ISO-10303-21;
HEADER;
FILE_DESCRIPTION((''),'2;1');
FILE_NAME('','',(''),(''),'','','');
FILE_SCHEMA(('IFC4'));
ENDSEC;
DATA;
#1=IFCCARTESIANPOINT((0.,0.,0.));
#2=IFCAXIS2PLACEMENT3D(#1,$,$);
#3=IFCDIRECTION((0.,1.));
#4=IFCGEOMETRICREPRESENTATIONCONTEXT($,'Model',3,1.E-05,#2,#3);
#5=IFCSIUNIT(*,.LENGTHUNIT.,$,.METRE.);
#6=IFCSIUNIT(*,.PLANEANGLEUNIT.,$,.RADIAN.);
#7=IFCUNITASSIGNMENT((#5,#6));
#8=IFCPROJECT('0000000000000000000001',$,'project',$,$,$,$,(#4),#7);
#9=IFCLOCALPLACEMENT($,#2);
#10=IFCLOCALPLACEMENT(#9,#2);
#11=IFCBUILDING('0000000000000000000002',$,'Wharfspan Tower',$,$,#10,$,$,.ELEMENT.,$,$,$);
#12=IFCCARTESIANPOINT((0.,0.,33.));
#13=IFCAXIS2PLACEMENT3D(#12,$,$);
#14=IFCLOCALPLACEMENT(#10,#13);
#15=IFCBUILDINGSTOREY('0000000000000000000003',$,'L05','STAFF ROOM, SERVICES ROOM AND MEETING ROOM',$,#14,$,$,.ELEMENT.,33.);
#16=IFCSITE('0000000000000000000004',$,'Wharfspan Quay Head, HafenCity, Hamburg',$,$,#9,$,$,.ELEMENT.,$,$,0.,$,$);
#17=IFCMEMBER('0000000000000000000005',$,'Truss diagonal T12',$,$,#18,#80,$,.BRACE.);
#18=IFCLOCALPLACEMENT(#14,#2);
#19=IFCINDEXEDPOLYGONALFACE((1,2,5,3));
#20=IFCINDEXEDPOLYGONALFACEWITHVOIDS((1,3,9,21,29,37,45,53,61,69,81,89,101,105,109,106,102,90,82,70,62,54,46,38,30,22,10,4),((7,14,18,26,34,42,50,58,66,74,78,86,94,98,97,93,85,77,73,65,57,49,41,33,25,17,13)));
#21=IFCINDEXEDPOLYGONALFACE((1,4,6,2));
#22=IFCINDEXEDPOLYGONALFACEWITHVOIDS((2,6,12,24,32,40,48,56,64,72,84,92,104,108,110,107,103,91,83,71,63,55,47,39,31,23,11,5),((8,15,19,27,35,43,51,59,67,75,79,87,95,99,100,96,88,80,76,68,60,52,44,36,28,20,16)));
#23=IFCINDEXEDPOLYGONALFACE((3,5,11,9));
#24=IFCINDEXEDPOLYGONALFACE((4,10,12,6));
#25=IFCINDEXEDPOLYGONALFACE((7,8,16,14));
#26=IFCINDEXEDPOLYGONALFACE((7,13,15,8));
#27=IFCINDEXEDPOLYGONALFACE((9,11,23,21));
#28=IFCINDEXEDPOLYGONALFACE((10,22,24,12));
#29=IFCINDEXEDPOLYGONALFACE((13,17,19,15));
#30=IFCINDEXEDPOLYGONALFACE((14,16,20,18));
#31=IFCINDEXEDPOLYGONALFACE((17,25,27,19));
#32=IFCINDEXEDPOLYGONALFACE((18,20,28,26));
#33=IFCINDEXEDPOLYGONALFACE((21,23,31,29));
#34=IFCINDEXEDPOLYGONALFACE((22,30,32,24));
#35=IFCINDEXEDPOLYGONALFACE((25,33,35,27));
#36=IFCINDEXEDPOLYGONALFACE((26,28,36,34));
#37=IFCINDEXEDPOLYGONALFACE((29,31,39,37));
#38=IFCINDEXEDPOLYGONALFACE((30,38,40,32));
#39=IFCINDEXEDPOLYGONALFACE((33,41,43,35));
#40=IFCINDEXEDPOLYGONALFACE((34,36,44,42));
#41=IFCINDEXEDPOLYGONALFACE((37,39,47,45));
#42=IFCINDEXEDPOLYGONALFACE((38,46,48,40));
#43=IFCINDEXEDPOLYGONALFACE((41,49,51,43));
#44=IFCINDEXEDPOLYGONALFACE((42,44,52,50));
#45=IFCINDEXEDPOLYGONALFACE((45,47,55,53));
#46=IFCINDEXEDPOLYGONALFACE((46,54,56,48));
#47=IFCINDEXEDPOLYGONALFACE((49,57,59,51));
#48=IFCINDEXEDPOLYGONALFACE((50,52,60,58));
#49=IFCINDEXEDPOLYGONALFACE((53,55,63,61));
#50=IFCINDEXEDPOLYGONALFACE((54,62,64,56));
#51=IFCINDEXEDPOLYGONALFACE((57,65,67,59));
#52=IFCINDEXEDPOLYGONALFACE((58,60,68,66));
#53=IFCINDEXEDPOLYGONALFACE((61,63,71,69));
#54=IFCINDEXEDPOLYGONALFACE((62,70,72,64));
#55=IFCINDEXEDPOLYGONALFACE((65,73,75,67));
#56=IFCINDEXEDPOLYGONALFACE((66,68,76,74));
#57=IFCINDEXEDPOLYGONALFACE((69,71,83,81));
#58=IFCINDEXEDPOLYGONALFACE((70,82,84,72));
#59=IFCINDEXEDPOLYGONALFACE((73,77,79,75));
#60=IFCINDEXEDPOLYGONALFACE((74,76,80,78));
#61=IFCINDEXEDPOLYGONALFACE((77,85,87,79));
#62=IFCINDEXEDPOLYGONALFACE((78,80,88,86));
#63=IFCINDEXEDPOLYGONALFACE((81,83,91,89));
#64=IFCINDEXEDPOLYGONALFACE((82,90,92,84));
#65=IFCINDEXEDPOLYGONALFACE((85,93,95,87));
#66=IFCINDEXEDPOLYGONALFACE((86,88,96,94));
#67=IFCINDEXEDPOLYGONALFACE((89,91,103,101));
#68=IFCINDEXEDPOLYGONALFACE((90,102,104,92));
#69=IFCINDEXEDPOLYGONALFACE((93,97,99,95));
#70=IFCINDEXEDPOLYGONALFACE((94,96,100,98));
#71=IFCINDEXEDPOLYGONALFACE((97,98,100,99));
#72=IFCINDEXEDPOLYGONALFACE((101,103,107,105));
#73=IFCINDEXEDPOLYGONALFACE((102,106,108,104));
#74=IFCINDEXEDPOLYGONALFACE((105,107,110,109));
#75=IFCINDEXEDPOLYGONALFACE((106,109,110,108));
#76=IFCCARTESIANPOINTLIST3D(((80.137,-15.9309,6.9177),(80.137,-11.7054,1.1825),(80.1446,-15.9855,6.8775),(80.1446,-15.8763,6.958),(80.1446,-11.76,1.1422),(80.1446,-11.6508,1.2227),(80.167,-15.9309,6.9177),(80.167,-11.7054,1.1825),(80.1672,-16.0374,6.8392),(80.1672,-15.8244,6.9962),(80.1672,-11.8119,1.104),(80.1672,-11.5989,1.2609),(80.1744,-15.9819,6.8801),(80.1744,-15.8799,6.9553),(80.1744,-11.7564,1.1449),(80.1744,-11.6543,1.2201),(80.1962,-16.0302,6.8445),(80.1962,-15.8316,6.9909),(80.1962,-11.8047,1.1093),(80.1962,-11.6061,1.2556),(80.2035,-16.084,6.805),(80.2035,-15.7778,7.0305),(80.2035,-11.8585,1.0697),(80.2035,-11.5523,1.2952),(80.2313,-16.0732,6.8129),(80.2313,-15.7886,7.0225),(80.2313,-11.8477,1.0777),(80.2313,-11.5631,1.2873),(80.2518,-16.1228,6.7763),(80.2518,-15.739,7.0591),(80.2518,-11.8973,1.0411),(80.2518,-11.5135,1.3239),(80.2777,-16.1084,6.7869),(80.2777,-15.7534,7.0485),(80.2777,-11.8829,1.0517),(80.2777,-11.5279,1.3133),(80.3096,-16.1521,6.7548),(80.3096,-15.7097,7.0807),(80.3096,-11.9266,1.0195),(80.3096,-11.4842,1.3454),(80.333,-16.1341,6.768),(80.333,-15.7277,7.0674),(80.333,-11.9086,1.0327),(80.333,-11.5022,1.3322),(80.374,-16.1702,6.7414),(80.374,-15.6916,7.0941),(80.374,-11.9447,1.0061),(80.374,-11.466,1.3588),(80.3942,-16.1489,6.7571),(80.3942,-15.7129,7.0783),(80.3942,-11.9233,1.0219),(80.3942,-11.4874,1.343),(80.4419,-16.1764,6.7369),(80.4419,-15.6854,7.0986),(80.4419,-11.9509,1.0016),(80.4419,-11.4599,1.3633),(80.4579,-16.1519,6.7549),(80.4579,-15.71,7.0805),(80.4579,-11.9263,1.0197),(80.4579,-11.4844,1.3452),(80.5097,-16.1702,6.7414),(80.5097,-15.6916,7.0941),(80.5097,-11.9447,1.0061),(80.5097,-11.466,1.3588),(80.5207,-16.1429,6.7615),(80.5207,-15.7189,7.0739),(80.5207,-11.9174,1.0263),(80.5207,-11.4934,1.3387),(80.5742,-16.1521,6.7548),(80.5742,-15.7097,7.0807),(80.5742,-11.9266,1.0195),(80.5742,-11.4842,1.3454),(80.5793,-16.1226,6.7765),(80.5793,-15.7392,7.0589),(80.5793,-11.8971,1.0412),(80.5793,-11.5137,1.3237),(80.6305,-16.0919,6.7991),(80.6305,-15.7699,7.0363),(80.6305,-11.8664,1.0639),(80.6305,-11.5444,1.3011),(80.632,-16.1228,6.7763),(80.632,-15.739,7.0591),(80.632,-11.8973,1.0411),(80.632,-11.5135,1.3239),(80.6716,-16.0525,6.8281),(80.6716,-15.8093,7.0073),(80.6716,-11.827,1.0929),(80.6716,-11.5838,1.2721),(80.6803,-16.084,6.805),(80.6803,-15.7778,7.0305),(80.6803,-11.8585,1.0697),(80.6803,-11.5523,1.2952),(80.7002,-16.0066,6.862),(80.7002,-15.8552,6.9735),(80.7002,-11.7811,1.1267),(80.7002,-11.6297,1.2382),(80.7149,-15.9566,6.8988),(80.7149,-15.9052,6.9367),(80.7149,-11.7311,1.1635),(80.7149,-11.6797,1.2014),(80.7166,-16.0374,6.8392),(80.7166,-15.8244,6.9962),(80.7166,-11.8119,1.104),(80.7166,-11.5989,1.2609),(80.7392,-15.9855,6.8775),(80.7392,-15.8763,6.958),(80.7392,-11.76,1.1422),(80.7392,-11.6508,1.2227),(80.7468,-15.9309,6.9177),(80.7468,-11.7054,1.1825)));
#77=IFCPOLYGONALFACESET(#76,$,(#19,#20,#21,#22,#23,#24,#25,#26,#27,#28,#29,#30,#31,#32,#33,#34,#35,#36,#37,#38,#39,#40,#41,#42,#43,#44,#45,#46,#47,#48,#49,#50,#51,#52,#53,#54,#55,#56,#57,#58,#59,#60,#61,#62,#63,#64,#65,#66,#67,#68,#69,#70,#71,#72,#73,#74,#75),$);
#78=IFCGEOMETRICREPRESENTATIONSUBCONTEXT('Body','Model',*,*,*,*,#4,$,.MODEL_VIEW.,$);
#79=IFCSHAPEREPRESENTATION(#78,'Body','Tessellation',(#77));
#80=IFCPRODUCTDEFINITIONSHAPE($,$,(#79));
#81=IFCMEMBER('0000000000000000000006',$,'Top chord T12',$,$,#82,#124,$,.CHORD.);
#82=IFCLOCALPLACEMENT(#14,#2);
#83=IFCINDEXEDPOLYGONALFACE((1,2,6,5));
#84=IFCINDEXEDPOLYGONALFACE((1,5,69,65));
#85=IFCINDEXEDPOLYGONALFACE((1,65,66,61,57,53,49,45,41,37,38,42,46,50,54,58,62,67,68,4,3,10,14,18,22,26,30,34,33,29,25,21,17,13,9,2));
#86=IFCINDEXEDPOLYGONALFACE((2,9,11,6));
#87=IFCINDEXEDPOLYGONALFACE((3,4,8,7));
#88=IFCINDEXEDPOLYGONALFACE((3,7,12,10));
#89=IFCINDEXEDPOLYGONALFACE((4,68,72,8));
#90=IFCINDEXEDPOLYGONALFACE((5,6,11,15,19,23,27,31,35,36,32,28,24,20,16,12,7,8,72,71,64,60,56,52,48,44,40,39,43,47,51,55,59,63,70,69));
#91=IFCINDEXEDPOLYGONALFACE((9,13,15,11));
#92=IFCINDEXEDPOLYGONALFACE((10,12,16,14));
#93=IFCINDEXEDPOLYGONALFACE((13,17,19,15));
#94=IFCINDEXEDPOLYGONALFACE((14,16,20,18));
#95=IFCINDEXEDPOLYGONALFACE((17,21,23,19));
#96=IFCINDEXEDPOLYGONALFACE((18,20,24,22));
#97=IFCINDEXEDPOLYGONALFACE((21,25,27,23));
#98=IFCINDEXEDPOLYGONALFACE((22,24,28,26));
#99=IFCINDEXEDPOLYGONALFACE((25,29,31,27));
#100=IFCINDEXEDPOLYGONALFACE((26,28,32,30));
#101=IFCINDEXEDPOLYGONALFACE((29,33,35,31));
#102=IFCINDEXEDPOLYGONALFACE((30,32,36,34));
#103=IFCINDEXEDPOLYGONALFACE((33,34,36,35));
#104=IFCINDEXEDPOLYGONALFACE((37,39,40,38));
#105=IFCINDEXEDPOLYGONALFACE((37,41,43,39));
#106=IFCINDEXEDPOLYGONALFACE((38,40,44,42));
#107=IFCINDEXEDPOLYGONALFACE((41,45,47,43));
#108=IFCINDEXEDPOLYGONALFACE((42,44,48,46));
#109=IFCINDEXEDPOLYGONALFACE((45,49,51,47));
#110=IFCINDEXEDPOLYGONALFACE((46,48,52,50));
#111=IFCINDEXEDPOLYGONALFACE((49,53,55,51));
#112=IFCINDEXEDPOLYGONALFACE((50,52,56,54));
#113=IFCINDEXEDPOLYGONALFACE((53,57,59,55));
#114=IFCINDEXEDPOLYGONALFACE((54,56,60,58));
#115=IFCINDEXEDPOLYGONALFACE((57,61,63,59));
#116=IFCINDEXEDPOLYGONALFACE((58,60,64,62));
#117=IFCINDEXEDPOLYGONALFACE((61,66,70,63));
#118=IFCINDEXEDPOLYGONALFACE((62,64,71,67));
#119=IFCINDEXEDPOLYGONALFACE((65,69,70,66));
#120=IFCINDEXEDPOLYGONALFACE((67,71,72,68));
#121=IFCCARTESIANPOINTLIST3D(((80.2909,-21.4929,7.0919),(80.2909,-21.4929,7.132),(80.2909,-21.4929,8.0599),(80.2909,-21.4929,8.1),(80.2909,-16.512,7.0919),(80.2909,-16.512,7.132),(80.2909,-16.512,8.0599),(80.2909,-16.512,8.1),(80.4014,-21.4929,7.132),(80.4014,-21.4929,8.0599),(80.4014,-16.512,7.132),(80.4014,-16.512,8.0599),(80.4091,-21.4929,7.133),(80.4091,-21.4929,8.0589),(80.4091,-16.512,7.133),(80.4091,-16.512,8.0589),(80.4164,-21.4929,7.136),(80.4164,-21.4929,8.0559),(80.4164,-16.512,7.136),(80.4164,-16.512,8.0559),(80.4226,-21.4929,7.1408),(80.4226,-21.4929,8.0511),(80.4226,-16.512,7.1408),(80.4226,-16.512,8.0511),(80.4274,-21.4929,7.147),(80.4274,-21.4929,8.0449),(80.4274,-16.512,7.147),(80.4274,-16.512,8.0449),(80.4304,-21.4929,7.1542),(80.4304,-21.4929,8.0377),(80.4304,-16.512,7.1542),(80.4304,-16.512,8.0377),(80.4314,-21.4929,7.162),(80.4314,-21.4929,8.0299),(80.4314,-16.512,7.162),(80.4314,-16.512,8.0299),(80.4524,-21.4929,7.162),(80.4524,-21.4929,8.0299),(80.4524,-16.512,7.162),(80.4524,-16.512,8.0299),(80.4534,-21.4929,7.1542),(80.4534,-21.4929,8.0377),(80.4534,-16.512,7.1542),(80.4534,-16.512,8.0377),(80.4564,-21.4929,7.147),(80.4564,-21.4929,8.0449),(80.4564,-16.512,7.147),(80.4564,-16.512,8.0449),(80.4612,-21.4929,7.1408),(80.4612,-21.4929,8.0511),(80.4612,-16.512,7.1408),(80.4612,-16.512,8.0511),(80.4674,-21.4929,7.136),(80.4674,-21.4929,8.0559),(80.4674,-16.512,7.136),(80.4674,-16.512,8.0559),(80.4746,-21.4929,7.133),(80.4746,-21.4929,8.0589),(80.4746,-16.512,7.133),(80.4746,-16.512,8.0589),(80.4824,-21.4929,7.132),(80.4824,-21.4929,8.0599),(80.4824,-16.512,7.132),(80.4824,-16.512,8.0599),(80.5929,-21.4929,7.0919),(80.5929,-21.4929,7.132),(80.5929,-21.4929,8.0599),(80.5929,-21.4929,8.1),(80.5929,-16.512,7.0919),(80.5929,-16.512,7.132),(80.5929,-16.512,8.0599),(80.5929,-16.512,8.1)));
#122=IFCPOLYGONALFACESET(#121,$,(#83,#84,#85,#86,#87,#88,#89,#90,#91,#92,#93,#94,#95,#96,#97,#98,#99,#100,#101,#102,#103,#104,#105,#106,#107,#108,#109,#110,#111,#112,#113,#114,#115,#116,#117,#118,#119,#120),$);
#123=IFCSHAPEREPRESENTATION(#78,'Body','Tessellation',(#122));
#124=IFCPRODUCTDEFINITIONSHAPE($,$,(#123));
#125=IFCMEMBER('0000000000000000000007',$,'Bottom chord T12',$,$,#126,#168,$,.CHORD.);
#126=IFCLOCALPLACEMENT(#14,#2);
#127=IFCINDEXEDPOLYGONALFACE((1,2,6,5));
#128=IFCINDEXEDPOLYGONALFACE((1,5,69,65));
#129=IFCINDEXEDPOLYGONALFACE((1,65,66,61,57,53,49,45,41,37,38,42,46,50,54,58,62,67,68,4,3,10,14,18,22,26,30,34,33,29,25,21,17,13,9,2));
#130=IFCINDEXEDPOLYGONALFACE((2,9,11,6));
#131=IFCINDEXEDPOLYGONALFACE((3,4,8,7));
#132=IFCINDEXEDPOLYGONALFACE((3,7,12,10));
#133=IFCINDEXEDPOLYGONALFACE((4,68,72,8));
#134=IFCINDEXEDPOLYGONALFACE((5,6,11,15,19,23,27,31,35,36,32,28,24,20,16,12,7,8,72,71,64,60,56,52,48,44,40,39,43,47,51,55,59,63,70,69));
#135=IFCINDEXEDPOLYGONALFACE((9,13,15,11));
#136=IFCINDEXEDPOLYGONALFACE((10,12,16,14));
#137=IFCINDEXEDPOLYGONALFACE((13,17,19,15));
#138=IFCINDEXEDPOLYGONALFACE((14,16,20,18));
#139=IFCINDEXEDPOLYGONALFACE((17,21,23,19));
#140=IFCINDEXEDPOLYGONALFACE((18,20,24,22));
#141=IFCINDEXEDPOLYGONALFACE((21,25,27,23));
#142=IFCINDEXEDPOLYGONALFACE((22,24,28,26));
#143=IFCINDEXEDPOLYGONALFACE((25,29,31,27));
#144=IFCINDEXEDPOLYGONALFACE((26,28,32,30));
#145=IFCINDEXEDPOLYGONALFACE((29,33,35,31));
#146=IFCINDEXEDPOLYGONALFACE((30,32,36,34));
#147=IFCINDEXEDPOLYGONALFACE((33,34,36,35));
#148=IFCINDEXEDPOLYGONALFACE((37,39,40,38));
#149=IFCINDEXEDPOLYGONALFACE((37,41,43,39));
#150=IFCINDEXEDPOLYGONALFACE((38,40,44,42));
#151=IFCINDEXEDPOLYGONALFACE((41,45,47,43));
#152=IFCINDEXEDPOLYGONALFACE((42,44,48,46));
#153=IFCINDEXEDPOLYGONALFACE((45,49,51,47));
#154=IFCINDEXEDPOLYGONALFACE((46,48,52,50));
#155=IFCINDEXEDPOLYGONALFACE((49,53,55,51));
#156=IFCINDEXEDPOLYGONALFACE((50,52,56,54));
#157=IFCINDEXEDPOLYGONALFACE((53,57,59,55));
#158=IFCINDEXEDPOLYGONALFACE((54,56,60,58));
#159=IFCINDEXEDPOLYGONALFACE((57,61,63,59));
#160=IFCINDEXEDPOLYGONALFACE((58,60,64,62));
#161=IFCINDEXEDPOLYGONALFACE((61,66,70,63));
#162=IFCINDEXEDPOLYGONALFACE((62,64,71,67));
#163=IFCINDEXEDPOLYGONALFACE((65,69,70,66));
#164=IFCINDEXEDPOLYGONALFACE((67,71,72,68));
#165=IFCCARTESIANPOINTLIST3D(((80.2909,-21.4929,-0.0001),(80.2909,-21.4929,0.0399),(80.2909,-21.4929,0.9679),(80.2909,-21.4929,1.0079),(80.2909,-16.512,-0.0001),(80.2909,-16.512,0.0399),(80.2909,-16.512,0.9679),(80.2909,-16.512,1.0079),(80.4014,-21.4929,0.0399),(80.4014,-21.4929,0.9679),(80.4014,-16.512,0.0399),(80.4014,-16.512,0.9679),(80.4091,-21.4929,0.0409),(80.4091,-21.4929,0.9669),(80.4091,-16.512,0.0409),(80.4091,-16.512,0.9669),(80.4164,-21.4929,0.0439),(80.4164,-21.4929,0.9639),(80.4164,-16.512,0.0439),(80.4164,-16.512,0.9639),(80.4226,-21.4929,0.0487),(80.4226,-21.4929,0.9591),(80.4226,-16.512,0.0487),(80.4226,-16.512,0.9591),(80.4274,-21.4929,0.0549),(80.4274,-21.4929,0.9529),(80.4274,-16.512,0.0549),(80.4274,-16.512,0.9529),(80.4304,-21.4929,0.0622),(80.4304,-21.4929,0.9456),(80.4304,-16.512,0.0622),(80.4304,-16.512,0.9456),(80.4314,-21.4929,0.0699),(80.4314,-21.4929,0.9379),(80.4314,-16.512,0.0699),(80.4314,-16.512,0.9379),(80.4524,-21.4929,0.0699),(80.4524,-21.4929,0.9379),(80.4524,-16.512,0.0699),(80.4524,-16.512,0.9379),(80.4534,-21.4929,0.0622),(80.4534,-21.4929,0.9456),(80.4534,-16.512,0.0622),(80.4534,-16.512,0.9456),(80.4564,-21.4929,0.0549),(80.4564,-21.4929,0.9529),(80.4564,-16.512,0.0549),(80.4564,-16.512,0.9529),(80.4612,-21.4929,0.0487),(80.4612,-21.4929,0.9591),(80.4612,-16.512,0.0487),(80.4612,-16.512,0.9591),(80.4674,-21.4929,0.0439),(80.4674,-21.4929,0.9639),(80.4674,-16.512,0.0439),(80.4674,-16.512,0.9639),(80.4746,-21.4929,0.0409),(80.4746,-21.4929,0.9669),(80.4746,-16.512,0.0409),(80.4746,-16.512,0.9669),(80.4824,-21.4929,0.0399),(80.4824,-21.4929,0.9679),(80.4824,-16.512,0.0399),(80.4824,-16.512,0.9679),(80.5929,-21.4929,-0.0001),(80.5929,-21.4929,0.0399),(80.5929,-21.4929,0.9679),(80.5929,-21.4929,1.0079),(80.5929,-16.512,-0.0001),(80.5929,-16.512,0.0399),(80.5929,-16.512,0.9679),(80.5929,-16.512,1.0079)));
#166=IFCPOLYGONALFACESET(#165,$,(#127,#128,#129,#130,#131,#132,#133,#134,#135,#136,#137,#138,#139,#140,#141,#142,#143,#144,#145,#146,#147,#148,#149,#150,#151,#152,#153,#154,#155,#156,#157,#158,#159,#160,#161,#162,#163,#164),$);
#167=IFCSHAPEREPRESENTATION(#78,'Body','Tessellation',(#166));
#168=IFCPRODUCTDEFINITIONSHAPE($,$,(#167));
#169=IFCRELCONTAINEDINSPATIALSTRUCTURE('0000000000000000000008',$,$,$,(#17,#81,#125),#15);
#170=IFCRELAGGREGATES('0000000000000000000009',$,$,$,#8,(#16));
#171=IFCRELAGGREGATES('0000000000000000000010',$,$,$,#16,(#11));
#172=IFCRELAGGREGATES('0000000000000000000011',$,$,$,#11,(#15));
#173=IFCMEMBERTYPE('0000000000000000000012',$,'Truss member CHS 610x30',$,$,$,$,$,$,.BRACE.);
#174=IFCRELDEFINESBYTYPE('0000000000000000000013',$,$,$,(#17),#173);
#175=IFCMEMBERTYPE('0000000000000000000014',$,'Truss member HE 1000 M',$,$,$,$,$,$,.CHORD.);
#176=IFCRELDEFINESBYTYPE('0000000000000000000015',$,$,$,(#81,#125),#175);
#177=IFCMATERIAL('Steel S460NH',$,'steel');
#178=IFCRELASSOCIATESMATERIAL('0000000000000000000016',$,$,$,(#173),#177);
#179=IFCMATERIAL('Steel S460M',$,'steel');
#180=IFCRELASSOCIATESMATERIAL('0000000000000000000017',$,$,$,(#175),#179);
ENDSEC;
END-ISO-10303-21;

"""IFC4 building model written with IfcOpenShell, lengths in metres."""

from ifc_helpers import new_model, si_unit, direction, frame, origin, origin_2d, place, context, subcontext, project, spatial, hollow_circle, i_section, extrude, material, material_profile, profile_set, type_object, element, save


model = new_model("IFC4")

# Units and contexts
model_context = context("Model", 3, precision=1e-05, world=origin(), true_north=direction((0.0, 1.0)))
body_context = subcontext(model_context, "Body", "Model", "MODEL_VIEW")
ifc_project = project(units=[si_unit("LENGTHUNIT", "METRE"), si_unit("PLANEANGLEUNIT", "RADIAN")], contexts=[model_context])

# Site, building, storey
site_placement = place(None, origin())
site = spatial("IfcSite", under=ifc_project, at=site_placement, Name="Wharfspan Quay Head, HafenCity, Hamburg", CompositionType="ELEMENT", RefElevation=0.0)
building_placement = place(site_placement, origin())
building = spatial("IfcBuilding", under=site, at=building_placement, Name="Wharfspan Tower", CompositionType="ELEMENT")
storey_placement = place(building_placement, frame((0.0, 0.0, 33.0)))
storey = spatial("IfcBuildingStorey", under=building, at=storey_placement, Name="L05", Description="STAFF ROOM, SERVICES ROOM AND MEETING ROOM", CompositionType="ELEMENT", Elevation=33.0)

# Members
ifc_material_1 = material(Name="Steel S460NH", Category="steel")
ifc_material_profile_1 = material_profile(ifc_material_1, hollow_circle(Radius=0.3049, WallThickness=0.03, at=origin_2d()))
ifc_profile_set_1 = profile_set([ifc_material_profile_1], Name="Steel S460NH")
member_type_1 = type_object("IfcMemberType", Name="Truss member CHS 610x30", PredefinedType="BRACE", material=ifc_profile_set_1)
member_1_placement = place(storey_placement, frame((80.4419, -15.9309, 6.9177), z_axis=(0.0, 0.593157, -0.805087), x_axis=(-1.0, 0.0, 0.0)))
element("IfcMember", 1, at=member_1_placement, inside=storey, type_object=member_type_1, Name="Truss diagonal T12", PredefinedType="BRACE", context=body_context, shape_type="SweptSolid", body=[
    extrude(hollow_circle(Radius=0.3049, WallThickness=0.03, at=origin_2d()), origin(), (0.0, 0.0, 1.0), 7.1238),
])
ifc_material_2 = material(Name="Steel S460M", Category="steel")
ifc_material_profile_2 = material_profile(ifc_material_2, i_section(OverallWidth=0.302, OverallDepth=1.0081, WebThickness=0.021, FlangeThickness=0.04, FilletRadius=0.03, at=origin_2d()))
ifc_profile_set_2 = profile_set([ifc_material_profile_2], Name="Steel S460M")
member_type_2 = type_object("IfcMemberType", Name="Truss member HE 1000 M", PredefinedType="CHORD", material=ifc_profile_set_2)
for number, where, z_axis, x_axis, name in (
    (2, (80.4419, -21.4929, 7.5959), (0.0, 1.0, 0.0), (-1.0, 0.0, 0.0), "Top chord T12"),
    (3, (80.4419, -21.4929, 0.5039), (0.0, 1.0, 0.0), (-1.0, 0.0, 0.0), "Bottom chord T12"),
):
    element("IfcMember", number, at=place(storey_placement, frame(where, z_axis=z_axis, x_axis=x_axis)), inside=storey, type_object=member_type_2, Name=name, PredefinedType="CHORD", context=body_context, shape_type="SweptSolid", body=[
        extrude(i_section(OverallWidth=0.302, OverallDepth=1.0081, WebThickness=0.021, FlangeThickness=0.04, FilletRadius=0.03, at=origin_2d()), origin(), (0.0, 0.0, 1.0), 4.981),
    ])

save(model, "model.ifc")
